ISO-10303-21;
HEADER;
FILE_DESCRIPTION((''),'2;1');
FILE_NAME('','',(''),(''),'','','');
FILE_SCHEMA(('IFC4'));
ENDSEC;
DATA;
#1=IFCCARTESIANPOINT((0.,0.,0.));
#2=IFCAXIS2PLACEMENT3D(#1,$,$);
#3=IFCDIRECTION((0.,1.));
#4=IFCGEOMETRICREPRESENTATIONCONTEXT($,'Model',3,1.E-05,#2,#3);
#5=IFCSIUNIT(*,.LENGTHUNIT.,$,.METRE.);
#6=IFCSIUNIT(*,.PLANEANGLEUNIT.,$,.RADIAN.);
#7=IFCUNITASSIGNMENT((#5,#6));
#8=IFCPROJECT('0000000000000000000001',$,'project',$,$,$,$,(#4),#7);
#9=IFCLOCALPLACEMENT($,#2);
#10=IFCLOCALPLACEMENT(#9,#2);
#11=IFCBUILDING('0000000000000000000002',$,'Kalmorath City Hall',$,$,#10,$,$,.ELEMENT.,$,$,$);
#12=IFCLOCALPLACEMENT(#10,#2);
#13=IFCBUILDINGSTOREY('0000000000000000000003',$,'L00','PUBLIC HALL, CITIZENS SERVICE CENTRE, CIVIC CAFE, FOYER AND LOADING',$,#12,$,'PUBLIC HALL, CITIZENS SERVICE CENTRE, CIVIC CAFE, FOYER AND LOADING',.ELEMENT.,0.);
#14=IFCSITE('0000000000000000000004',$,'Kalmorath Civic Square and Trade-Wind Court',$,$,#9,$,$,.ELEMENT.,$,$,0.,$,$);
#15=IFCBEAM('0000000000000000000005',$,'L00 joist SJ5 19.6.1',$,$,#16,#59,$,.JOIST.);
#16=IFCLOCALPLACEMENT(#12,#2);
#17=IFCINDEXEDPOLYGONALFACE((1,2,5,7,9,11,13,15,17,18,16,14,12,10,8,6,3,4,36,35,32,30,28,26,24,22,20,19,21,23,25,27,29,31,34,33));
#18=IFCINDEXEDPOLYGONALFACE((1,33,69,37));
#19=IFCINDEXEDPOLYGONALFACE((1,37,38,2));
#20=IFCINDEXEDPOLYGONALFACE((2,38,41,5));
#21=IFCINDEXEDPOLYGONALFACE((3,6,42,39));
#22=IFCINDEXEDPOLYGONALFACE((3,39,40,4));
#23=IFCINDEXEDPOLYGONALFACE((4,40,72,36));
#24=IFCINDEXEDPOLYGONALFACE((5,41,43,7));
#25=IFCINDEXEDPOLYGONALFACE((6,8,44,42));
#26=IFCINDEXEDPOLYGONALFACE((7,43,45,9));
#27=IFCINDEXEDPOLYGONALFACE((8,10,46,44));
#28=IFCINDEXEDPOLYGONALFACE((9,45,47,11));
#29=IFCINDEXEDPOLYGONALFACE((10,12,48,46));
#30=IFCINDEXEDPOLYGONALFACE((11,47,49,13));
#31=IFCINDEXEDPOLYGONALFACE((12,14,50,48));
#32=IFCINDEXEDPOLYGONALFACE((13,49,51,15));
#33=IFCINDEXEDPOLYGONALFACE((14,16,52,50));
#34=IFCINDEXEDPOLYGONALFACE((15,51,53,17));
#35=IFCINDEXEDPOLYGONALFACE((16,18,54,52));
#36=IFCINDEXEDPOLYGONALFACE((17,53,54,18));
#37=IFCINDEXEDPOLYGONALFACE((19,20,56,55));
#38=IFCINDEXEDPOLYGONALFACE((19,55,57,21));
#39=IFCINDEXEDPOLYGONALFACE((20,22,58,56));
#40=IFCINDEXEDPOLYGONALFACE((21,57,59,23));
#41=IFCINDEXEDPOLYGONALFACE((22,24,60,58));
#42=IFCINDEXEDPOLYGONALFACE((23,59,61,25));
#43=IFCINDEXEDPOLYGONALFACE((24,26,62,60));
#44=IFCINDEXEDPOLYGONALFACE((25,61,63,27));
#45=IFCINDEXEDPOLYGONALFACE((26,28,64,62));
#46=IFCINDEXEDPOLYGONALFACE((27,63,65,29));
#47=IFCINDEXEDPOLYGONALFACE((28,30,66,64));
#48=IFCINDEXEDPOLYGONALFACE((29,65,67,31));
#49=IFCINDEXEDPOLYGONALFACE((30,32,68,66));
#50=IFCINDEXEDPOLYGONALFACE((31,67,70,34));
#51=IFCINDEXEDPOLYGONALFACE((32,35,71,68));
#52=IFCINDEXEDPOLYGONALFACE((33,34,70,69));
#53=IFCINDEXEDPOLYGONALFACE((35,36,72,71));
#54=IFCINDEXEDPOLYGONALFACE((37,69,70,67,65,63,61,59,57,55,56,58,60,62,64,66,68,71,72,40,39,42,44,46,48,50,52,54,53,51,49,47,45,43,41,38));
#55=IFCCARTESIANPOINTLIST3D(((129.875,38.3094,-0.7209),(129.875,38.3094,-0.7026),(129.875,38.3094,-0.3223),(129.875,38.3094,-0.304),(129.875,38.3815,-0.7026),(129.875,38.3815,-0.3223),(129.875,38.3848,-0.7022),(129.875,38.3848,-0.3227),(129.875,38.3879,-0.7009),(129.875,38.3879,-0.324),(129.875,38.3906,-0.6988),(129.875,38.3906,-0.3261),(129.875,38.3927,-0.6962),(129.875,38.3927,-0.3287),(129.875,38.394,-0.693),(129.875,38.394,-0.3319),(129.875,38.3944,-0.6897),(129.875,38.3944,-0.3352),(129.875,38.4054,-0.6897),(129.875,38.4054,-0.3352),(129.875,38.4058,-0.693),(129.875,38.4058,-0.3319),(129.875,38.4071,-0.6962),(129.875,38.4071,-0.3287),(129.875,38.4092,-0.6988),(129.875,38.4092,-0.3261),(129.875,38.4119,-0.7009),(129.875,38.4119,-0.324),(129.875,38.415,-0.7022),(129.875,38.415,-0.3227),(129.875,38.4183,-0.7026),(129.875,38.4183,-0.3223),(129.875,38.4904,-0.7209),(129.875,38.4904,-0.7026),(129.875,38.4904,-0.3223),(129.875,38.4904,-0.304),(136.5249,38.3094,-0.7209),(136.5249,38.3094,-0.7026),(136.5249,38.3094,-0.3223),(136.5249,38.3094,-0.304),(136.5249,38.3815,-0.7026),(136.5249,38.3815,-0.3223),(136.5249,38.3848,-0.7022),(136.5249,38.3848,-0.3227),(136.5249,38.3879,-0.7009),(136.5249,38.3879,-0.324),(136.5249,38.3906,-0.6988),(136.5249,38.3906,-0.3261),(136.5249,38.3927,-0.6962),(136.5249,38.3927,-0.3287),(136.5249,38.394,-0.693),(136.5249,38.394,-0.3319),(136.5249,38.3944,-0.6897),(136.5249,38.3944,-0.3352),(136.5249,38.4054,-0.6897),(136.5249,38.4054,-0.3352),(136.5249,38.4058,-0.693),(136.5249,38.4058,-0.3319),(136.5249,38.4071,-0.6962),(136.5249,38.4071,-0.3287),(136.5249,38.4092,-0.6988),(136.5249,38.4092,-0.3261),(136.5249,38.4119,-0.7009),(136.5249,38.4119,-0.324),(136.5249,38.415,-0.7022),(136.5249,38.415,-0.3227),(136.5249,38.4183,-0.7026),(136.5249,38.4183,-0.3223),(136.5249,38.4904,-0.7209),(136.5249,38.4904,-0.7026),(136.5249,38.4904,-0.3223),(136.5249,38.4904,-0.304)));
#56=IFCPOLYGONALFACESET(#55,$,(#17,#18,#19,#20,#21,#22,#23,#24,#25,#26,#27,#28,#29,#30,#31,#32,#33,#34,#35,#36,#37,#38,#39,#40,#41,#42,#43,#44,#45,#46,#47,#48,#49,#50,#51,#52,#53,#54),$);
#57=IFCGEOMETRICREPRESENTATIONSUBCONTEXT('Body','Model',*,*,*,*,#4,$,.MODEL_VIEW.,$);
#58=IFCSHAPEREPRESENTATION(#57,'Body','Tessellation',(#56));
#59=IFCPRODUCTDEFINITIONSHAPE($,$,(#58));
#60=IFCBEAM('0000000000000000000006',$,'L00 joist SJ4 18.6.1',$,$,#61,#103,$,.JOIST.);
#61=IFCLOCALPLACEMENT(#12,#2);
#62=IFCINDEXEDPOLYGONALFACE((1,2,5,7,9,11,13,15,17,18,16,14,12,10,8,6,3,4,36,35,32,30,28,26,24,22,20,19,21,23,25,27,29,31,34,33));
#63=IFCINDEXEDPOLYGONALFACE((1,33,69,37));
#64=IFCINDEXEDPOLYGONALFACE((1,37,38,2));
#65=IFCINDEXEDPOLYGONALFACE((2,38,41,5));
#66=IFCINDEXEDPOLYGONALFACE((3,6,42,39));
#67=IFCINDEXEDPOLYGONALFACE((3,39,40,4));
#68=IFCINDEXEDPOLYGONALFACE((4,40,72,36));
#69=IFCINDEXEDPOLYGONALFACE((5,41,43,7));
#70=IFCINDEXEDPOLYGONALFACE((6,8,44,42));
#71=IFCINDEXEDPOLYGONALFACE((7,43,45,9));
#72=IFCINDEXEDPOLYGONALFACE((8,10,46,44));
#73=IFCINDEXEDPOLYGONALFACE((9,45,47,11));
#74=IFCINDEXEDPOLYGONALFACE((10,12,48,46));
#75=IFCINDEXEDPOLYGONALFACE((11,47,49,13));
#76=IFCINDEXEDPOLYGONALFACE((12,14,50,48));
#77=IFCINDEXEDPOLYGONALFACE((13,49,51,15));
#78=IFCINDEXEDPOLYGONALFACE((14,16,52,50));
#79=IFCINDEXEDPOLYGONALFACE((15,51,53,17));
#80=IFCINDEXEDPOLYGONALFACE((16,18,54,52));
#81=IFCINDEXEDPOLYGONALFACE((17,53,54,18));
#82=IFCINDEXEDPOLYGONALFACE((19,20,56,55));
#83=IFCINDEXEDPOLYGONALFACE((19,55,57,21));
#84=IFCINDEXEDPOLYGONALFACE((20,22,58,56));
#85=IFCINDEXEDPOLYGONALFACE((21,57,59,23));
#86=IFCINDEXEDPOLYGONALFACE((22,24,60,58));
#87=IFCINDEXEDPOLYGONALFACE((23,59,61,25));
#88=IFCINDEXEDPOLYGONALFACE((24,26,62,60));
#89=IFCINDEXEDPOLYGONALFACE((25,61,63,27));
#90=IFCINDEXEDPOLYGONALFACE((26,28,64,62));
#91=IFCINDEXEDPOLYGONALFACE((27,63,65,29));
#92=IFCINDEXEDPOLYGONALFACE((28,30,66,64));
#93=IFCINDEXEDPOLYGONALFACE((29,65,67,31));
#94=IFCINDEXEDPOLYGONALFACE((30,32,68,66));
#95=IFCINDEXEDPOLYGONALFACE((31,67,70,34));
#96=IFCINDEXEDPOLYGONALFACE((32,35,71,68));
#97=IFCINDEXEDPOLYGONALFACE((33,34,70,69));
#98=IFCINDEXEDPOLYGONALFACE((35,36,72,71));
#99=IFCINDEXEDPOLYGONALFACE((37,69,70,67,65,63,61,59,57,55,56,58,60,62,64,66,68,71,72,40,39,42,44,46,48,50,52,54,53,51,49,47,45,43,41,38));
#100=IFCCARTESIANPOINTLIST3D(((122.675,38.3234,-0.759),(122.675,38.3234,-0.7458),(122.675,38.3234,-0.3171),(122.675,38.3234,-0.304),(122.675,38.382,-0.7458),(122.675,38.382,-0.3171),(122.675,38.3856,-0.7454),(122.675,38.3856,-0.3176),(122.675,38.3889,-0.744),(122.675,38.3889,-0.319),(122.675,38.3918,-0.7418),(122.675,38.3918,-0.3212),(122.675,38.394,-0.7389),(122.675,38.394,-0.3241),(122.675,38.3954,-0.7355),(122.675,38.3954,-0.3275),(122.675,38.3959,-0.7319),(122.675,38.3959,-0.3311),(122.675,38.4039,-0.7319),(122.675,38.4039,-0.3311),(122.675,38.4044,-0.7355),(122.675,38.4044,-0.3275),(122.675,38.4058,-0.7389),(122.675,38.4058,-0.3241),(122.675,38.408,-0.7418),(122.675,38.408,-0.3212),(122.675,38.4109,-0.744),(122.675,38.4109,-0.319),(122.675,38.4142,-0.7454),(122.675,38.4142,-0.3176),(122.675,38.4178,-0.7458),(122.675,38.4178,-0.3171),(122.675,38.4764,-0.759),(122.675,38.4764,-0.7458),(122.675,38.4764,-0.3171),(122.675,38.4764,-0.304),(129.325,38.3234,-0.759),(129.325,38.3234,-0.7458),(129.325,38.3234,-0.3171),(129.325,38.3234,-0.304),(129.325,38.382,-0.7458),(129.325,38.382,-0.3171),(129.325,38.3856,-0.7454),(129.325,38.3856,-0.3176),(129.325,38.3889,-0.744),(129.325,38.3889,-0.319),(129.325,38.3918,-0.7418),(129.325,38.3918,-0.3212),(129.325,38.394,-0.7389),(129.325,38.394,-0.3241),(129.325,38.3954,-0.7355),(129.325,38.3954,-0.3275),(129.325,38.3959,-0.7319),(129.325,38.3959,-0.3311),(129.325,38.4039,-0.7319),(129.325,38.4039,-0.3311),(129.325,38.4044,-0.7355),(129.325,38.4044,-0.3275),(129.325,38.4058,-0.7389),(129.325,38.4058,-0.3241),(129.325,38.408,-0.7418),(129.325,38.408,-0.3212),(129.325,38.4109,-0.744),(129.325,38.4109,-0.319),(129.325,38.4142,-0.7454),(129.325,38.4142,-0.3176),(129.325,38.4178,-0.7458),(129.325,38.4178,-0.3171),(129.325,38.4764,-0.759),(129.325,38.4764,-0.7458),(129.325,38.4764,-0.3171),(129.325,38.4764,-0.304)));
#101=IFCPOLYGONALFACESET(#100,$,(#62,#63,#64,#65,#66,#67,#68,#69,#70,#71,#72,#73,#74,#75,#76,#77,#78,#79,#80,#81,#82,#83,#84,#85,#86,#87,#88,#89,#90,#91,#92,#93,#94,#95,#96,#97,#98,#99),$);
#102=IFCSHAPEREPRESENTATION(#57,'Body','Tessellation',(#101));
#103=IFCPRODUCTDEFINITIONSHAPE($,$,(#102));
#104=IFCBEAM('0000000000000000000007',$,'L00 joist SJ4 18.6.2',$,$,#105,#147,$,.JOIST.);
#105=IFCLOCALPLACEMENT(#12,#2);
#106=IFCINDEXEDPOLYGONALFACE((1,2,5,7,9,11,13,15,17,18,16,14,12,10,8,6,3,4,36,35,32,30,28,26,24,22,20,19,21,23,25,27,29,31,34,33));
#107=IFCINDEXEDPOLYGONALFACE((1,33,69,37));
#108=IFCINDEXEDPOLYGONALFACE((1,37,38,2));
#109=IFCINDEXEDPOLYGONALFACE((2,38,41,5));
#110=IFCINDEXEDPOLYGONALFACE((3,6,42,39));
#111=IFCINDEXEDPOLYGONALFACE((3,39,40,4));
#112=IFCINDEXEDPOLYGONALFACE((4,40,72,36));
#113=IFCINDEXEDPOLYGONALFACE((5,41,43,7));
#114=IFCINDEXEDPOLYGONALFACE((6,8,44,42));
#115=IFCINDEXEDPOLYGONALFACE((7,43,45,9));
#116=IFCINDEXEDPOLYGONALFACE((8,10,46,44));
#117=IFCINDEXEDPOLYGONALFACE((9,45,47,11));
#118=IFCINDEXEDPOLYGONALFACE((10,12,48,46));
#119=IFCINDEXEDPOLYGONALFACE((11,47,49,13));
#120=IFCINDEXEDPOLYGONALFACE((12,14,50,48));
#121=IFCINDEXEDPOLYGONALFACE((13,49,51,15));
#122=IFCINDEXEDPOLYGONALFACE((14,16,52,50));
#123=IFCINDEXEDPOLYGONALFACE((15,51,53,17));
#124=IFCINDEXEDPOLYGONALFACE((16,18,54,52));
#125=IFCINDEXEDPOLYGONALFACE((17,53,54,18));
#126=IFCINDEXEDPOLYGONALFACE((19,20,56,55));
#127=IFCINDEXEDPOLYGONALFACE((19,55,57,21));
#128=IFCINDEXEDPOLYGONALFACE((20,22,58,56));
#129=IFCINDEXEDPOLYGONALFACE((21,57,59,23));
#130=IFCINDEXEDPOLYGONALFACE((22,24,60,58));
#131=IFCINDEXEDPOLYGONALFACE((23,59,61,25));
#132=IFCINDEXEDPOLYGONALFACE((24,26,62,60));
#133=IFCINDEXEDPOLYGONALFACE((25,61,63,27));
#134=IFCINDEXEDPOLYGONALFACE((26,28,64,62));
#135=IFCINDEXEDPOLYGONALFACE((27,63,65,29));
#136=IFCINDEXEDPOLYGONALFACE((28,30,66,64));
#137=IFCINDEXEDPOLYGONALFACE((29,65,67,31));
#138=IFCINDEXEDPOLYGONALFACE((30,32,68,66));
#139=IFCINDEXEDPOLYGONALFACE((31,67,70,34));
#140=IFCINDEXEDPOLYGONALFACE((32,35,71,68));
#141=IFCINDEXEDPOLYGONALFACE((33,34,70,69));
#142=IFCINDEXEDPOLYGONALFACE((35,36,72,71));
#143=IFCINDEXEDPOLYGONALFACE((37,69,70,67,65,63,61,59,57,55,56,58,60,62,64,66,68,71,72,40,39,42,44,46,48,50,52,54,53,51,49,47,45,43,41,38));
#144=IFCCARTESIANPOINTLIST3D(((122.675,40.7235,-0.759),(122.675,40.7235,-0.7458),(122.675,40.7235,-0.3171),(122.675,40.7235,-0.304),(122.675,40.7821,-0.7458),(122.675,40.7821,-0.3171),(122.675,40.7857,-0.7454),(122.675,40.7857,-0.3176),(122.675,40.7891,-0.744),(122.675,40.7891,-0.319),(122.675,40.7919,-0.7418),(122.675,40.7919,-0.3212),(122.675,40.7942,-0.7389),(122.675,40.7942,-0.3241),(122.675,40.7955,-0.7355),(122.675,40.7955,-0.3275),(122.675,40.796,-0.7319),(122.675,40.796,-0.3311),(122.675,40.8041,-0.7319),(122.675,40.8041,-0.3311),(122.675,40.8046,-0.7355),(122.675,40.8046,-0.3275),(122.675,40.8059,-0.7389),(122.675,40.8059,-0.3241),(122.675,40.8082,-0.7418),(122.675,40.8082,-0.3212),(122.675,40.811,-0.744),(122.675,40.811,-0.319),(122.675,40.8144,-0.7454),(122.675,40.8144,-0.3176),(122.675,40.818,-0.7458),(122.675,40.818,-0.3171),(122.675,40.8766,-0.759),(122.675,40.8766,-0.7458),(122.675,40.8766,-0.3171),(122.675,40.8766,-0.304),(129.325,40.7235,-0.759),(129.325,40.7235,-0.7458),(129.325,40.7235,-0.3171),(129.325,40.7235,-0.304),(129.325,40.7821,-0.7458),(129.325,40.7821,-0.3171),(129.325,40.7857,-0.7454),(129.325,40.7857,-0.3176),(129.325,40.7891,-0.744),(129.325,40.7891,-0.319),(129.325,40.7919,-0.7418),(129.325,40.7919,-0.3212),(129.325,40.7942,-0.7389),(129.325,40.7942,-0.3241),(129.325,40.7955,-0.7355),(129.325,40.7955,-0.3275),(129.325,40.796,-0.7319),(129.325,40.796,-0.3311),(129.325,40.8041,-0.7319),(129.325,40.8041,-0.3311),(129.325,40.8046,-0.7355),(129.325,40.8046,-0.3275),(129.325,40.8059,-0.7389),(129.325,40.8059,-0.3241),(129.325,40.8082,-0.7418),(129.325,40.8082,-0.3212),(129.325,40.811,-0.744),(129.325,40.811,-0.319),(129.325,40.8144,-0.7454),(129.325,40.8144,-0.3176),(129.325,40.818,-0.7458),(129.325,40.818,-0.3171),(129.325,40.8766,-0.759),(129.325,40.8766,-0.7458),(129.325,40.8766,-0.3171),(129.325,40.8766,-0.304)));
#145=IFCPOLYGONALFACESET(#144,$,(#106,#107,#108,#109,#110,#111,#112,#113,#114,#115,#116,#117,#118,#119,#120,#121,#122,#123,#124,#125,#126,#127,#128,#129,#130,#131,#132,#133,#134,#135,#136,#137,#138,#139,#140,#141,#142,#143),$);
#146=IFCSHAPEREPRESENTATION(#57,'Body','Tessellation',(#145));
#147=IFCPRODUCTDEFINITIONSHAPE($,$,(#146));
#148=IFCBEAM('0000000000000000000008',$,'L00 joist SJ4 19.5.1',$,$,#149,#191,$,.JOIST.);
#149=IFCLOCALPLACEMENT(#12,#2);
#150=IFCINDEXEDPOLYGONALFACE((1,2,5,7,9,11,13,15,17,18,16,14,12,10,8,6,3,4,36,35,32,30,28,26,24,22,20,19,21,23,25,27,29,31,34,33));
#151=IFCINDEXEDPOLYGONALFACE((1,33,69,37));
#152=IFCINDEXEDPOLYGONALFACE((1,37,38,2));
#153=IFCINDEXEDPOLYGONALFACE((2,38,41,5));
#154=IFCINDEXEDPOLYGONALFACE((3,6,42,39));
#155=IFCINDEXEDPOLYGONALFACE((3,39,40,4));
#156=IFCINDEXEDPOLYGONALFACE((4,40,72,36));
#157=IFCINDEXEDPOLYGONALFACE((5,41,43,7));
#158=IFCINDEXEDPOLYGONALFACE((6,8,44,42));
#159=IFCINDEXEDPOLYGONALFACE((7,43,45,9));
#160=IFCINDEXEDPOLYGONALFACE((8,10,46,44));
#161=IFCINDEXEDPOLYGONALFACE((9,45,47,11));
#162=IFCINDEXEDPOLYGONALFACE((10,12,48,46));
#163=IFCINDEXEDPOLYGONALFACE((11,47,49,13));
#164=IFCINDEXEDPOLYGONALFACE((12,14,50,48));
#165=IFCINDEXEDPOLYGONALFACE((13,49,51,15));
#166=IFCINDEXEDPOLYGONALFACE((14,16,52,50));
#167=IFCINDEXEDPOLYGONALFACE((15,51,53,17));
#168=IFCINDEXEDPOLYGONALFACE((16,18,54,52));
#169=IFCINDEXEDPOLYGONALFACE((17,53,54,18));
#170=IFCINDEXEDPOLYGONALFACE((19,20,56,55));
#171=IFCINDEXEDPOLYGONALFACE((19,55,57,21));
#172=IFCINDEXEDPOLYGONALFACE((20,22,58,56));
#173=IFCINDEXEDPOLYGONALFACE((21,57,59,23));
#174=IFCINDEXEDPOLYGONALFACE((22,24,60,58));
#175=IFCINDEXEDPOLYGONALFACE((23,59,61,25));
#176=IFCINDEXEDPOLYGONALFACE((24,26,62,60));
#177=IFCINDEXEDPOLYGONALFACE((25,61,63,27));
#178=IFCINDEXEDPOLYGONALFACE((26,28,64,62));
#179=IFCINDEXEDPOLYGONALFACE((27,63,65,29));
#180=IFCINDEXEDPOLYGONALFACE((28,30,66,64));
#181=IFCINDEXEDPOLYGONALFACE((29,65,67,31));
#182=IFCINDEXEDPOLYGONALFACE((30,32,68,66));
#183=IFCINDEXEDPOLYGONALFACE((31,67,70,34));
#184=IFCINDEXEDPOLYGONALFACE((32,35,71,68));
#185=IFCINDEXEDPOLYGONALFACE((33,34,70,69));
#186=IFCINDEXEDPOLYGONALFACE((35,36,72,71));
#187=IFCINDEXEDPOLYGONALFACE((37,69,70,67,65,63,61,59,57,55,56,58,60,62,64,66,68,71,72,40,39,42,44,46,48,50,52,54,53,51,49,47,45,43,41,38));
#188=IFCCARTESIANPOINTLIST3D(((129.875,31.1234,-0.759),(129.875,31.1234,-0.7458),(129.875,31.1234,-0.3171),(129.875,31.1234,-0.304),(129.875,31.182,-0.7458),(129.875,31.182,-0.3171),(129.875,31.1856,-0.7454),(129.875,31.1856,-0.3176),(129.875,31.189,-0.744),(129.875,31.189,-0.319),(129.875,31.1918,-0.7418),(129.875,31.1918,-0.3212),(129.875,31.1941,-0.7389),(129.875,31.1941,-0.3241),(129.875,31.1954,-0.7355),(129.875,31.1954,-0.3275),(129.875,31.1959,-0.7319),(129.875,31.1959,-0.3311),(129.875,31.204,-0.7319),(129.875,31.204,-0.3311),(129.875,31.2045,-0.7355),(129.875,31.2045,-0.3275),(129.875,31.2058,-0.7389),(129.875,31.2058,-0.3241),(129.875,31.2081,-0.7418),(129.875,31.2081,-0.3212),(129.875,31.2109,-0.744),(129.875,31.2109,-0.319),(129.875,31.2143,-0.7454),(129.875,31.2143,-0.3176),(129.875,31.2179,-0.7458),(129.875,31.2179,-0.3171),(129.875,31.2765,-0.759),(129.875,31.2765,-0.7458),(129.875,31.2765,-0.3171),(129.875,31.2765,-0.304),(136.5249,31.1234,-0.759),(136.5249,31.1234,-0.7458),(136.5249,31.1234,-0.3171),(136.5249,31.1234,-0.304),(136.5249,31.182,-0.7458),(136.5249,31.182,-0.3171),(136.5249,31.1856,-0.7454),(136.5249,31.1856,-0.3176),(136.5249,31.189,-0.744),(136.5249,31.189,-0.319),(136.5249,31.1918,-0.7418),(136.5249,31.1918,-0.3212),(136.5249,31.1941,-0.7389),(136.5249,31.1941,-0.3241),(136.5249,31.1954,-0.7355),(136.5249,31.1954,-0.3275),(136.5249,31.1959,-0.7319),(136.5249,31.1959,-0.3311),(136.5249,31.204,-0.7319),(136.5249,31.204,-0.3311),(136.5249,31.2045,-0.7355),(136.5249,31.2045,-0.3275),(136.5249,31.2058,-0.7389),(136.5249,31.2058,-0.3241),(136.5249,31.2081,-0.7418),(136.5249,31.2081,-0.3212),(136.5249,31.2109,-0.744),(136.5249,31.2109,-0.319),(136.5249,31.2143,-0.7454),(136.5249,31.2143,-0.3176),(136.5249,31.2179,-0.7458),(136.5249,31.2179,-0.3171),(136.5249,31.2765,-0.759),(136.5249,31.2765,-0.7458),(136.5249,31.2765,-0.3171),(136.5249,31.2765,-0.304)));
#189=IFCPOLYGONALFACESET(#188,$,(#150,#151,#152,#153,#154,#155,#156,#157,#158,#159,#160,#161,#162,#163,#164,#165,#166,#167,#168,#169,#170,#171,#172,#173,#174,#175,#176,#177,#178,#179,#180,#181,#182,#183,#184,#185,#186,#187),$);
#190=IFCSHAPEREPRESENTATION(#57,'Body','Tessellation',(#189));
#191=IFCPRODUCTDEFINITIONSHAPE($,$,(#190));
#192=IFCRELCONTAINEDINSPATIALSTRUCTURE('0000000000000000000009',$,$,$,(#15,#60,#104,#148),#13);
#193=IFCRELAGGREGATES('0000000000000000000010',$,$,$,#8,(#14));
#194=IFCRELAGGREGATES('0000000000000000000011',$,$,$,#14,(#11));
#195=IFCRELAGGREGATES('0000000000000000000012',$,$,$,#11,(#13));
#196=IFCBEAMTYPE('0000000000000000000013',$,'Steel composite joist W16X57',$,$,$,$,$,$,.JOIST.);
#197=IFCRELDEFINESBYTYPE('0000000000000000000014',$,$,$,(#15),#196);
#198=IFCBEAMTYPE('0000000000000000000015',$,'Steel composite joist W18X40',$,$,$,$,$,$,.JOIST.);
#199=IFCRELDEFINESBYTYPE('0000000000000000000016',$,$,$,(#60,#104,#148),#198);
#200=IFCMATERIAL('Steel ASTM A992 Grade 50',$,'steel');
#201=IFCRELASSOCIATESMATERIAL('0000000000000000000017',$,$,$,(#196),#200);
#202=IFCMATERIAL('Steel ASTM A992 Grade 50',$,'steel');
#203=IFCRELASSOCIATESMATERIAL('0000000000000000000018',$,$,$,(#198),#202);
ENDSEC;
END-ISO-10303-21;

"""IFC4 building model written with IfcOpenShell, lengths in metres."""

from ifc_helpers import new_model, si_unit, direction, frame, origin, origin_2d, place, context, subcontext, project, spatial, i_section, extrude, material, material_profile, profile_set, type_object, element, save


model = new_model("IFC4")

# Units and contexts
model_context = context("Model", 3, precision=1e-05, world=origin(), true_north=direction((0.0, 1.0)))
body_context = subcontext(model_context, "Body", "Model", "MODEL_VIEW")
ifc_project = project(units=[si_unit("LENGTHUNIT", "METRE"), si_unit("PLANEANGLEUNIT", "RADIAN")], contexts=[model_context])

# Site, building, storey
site_placement = place(None, origin())
site = spatial("IfcSite", under=ifc_project, at=site_placement, Name="Kalmorath Civic Square and Trade-Wind Court", CompositionType="ELEMENT", RefElevation=0.0)
building_placement = place(site_placement, origin())
building = spatial("IfcBuilding", under=site, at=building_placement, Name="Kalmorath City Hall", CompositionType="ELEMENT")
storey_placement = place(building_placement, origin())
storey = spatial("IfcBuildingStorey", under=building, at=storey_placement, Name="L00", Description="PUBLIC HALL, CITIZENS SERVICE CENTRE, CIVIC CAFE, FOYER AND LOADING", LongName="PUBLIC HALL, CITIZENS SERVICE CENTRE, CIVIC CAFE, FOYER AND LOADING", CompositionType="ELEMENT", Elevation=0.0)

# Beams
ifc_material_1 = material(Name="Steel ASTM A992 Grade 50", Category="steel")
ifc_material_profile_1 = material_profile(ifc_material_1, i_section(OverallWidth=0.1809, OverallDepth=0.417, WebThickness=0.011, FlangeThickness=0.0183, FilletRadius=0.0129, at=origin_2d()), Name="W16X57")
ifc_profile_set_1 = profile_set([ifc_material_profile_1], Name="Steel ASTM A992 Grade 50")
beam_type_1 = type_object("IfcBeamType", Name="Steel composite joist W16X57", PredefinedType="JOIST", material=ifc_profile_set_1)
beam_1_placement = place(storey_placement, frame((129.875, 38.3999, -0.5125), z_axis=(1.0, 0.0, 0.0), x_axis=(0.0, 1.0, 0.0)))
element("IfcBeam", 1, at=beam_1_placement, inside=storey, type_object=beam_type_1, Name="L00 joist SJ5 19.6.1", PredefinedType="JOIST", context=body_context, shape_type="SweptSolid", body=[
    extrude(i_section(OverallWidth=0.1809, OverallDepth=0.417, WebThickness=0.011, FlangeThickness=0.0183, FilletRadius=0.0129, at=origin_2d()), origin(), (0.0, 0.0, 1.0), 6.6499),
])
ifc_material_2 = material(Name="Steel ASTM A992 Grade 50", Category="steel")
ifc_material_profile_2 = material_profile(ifc_material_2, i_section(OverallWidth=0.1531, OverallDepth=0.4551, WebThickness=0.0081, FlangeThickness=0.0132, FilletRadius=0.0139, at=origin_2d()), Name="W18X40")
ifc_profile_set_2 = profile_set([ifc_material_profile_2], Name="Steel ASTM A992 Grade 50")
beam_type_2 = type_object("IfcBeamType", Name="Steel composite joist W18X40", PredefinedType="JOIST", material=ifc_profile_set_2)
for number, where, z_axis, x_axis, name in (
    (2, (122.675, 38.3999, -0.5315), (1.0, 0.0, 0.0), (0.0, 1.0, 0.0), "L00 joist SJ4 18.6.1"),
    (3, (122.675, 40.8, -0.5315), (1.0, 0.0, 0.0), (0.0, 1.0, 0.0), "L00 joist SJ4 18.6.2"),
    (4, (129.875, 31.2, -0.5315), (1.0, 0.0, 0.0), (0.0, 1.0, 0.0), "L00 joist SJ4 19.5.1"),
):
    element("IfcBeam", number, at=place(storey_placement, frame(where, z_axis=z_axis, x_axis=x_axis)), inside=storey, type_object=beam_type_2, Name=name, PredefinedType="JOIST", context=body_context, shape_type="SweptSolid", body=[
        extrude(i_section(OverallWidth=0.1531, OverallDepth=0.4551, WebThickness=0.0081, FlangeThickness=0.0132, FilletRadius=0.0139, at=origin_2d()), origin(), (0.0, 0.0, 1.0), 6.6499),
    ])

save(model, "model.ifc")
